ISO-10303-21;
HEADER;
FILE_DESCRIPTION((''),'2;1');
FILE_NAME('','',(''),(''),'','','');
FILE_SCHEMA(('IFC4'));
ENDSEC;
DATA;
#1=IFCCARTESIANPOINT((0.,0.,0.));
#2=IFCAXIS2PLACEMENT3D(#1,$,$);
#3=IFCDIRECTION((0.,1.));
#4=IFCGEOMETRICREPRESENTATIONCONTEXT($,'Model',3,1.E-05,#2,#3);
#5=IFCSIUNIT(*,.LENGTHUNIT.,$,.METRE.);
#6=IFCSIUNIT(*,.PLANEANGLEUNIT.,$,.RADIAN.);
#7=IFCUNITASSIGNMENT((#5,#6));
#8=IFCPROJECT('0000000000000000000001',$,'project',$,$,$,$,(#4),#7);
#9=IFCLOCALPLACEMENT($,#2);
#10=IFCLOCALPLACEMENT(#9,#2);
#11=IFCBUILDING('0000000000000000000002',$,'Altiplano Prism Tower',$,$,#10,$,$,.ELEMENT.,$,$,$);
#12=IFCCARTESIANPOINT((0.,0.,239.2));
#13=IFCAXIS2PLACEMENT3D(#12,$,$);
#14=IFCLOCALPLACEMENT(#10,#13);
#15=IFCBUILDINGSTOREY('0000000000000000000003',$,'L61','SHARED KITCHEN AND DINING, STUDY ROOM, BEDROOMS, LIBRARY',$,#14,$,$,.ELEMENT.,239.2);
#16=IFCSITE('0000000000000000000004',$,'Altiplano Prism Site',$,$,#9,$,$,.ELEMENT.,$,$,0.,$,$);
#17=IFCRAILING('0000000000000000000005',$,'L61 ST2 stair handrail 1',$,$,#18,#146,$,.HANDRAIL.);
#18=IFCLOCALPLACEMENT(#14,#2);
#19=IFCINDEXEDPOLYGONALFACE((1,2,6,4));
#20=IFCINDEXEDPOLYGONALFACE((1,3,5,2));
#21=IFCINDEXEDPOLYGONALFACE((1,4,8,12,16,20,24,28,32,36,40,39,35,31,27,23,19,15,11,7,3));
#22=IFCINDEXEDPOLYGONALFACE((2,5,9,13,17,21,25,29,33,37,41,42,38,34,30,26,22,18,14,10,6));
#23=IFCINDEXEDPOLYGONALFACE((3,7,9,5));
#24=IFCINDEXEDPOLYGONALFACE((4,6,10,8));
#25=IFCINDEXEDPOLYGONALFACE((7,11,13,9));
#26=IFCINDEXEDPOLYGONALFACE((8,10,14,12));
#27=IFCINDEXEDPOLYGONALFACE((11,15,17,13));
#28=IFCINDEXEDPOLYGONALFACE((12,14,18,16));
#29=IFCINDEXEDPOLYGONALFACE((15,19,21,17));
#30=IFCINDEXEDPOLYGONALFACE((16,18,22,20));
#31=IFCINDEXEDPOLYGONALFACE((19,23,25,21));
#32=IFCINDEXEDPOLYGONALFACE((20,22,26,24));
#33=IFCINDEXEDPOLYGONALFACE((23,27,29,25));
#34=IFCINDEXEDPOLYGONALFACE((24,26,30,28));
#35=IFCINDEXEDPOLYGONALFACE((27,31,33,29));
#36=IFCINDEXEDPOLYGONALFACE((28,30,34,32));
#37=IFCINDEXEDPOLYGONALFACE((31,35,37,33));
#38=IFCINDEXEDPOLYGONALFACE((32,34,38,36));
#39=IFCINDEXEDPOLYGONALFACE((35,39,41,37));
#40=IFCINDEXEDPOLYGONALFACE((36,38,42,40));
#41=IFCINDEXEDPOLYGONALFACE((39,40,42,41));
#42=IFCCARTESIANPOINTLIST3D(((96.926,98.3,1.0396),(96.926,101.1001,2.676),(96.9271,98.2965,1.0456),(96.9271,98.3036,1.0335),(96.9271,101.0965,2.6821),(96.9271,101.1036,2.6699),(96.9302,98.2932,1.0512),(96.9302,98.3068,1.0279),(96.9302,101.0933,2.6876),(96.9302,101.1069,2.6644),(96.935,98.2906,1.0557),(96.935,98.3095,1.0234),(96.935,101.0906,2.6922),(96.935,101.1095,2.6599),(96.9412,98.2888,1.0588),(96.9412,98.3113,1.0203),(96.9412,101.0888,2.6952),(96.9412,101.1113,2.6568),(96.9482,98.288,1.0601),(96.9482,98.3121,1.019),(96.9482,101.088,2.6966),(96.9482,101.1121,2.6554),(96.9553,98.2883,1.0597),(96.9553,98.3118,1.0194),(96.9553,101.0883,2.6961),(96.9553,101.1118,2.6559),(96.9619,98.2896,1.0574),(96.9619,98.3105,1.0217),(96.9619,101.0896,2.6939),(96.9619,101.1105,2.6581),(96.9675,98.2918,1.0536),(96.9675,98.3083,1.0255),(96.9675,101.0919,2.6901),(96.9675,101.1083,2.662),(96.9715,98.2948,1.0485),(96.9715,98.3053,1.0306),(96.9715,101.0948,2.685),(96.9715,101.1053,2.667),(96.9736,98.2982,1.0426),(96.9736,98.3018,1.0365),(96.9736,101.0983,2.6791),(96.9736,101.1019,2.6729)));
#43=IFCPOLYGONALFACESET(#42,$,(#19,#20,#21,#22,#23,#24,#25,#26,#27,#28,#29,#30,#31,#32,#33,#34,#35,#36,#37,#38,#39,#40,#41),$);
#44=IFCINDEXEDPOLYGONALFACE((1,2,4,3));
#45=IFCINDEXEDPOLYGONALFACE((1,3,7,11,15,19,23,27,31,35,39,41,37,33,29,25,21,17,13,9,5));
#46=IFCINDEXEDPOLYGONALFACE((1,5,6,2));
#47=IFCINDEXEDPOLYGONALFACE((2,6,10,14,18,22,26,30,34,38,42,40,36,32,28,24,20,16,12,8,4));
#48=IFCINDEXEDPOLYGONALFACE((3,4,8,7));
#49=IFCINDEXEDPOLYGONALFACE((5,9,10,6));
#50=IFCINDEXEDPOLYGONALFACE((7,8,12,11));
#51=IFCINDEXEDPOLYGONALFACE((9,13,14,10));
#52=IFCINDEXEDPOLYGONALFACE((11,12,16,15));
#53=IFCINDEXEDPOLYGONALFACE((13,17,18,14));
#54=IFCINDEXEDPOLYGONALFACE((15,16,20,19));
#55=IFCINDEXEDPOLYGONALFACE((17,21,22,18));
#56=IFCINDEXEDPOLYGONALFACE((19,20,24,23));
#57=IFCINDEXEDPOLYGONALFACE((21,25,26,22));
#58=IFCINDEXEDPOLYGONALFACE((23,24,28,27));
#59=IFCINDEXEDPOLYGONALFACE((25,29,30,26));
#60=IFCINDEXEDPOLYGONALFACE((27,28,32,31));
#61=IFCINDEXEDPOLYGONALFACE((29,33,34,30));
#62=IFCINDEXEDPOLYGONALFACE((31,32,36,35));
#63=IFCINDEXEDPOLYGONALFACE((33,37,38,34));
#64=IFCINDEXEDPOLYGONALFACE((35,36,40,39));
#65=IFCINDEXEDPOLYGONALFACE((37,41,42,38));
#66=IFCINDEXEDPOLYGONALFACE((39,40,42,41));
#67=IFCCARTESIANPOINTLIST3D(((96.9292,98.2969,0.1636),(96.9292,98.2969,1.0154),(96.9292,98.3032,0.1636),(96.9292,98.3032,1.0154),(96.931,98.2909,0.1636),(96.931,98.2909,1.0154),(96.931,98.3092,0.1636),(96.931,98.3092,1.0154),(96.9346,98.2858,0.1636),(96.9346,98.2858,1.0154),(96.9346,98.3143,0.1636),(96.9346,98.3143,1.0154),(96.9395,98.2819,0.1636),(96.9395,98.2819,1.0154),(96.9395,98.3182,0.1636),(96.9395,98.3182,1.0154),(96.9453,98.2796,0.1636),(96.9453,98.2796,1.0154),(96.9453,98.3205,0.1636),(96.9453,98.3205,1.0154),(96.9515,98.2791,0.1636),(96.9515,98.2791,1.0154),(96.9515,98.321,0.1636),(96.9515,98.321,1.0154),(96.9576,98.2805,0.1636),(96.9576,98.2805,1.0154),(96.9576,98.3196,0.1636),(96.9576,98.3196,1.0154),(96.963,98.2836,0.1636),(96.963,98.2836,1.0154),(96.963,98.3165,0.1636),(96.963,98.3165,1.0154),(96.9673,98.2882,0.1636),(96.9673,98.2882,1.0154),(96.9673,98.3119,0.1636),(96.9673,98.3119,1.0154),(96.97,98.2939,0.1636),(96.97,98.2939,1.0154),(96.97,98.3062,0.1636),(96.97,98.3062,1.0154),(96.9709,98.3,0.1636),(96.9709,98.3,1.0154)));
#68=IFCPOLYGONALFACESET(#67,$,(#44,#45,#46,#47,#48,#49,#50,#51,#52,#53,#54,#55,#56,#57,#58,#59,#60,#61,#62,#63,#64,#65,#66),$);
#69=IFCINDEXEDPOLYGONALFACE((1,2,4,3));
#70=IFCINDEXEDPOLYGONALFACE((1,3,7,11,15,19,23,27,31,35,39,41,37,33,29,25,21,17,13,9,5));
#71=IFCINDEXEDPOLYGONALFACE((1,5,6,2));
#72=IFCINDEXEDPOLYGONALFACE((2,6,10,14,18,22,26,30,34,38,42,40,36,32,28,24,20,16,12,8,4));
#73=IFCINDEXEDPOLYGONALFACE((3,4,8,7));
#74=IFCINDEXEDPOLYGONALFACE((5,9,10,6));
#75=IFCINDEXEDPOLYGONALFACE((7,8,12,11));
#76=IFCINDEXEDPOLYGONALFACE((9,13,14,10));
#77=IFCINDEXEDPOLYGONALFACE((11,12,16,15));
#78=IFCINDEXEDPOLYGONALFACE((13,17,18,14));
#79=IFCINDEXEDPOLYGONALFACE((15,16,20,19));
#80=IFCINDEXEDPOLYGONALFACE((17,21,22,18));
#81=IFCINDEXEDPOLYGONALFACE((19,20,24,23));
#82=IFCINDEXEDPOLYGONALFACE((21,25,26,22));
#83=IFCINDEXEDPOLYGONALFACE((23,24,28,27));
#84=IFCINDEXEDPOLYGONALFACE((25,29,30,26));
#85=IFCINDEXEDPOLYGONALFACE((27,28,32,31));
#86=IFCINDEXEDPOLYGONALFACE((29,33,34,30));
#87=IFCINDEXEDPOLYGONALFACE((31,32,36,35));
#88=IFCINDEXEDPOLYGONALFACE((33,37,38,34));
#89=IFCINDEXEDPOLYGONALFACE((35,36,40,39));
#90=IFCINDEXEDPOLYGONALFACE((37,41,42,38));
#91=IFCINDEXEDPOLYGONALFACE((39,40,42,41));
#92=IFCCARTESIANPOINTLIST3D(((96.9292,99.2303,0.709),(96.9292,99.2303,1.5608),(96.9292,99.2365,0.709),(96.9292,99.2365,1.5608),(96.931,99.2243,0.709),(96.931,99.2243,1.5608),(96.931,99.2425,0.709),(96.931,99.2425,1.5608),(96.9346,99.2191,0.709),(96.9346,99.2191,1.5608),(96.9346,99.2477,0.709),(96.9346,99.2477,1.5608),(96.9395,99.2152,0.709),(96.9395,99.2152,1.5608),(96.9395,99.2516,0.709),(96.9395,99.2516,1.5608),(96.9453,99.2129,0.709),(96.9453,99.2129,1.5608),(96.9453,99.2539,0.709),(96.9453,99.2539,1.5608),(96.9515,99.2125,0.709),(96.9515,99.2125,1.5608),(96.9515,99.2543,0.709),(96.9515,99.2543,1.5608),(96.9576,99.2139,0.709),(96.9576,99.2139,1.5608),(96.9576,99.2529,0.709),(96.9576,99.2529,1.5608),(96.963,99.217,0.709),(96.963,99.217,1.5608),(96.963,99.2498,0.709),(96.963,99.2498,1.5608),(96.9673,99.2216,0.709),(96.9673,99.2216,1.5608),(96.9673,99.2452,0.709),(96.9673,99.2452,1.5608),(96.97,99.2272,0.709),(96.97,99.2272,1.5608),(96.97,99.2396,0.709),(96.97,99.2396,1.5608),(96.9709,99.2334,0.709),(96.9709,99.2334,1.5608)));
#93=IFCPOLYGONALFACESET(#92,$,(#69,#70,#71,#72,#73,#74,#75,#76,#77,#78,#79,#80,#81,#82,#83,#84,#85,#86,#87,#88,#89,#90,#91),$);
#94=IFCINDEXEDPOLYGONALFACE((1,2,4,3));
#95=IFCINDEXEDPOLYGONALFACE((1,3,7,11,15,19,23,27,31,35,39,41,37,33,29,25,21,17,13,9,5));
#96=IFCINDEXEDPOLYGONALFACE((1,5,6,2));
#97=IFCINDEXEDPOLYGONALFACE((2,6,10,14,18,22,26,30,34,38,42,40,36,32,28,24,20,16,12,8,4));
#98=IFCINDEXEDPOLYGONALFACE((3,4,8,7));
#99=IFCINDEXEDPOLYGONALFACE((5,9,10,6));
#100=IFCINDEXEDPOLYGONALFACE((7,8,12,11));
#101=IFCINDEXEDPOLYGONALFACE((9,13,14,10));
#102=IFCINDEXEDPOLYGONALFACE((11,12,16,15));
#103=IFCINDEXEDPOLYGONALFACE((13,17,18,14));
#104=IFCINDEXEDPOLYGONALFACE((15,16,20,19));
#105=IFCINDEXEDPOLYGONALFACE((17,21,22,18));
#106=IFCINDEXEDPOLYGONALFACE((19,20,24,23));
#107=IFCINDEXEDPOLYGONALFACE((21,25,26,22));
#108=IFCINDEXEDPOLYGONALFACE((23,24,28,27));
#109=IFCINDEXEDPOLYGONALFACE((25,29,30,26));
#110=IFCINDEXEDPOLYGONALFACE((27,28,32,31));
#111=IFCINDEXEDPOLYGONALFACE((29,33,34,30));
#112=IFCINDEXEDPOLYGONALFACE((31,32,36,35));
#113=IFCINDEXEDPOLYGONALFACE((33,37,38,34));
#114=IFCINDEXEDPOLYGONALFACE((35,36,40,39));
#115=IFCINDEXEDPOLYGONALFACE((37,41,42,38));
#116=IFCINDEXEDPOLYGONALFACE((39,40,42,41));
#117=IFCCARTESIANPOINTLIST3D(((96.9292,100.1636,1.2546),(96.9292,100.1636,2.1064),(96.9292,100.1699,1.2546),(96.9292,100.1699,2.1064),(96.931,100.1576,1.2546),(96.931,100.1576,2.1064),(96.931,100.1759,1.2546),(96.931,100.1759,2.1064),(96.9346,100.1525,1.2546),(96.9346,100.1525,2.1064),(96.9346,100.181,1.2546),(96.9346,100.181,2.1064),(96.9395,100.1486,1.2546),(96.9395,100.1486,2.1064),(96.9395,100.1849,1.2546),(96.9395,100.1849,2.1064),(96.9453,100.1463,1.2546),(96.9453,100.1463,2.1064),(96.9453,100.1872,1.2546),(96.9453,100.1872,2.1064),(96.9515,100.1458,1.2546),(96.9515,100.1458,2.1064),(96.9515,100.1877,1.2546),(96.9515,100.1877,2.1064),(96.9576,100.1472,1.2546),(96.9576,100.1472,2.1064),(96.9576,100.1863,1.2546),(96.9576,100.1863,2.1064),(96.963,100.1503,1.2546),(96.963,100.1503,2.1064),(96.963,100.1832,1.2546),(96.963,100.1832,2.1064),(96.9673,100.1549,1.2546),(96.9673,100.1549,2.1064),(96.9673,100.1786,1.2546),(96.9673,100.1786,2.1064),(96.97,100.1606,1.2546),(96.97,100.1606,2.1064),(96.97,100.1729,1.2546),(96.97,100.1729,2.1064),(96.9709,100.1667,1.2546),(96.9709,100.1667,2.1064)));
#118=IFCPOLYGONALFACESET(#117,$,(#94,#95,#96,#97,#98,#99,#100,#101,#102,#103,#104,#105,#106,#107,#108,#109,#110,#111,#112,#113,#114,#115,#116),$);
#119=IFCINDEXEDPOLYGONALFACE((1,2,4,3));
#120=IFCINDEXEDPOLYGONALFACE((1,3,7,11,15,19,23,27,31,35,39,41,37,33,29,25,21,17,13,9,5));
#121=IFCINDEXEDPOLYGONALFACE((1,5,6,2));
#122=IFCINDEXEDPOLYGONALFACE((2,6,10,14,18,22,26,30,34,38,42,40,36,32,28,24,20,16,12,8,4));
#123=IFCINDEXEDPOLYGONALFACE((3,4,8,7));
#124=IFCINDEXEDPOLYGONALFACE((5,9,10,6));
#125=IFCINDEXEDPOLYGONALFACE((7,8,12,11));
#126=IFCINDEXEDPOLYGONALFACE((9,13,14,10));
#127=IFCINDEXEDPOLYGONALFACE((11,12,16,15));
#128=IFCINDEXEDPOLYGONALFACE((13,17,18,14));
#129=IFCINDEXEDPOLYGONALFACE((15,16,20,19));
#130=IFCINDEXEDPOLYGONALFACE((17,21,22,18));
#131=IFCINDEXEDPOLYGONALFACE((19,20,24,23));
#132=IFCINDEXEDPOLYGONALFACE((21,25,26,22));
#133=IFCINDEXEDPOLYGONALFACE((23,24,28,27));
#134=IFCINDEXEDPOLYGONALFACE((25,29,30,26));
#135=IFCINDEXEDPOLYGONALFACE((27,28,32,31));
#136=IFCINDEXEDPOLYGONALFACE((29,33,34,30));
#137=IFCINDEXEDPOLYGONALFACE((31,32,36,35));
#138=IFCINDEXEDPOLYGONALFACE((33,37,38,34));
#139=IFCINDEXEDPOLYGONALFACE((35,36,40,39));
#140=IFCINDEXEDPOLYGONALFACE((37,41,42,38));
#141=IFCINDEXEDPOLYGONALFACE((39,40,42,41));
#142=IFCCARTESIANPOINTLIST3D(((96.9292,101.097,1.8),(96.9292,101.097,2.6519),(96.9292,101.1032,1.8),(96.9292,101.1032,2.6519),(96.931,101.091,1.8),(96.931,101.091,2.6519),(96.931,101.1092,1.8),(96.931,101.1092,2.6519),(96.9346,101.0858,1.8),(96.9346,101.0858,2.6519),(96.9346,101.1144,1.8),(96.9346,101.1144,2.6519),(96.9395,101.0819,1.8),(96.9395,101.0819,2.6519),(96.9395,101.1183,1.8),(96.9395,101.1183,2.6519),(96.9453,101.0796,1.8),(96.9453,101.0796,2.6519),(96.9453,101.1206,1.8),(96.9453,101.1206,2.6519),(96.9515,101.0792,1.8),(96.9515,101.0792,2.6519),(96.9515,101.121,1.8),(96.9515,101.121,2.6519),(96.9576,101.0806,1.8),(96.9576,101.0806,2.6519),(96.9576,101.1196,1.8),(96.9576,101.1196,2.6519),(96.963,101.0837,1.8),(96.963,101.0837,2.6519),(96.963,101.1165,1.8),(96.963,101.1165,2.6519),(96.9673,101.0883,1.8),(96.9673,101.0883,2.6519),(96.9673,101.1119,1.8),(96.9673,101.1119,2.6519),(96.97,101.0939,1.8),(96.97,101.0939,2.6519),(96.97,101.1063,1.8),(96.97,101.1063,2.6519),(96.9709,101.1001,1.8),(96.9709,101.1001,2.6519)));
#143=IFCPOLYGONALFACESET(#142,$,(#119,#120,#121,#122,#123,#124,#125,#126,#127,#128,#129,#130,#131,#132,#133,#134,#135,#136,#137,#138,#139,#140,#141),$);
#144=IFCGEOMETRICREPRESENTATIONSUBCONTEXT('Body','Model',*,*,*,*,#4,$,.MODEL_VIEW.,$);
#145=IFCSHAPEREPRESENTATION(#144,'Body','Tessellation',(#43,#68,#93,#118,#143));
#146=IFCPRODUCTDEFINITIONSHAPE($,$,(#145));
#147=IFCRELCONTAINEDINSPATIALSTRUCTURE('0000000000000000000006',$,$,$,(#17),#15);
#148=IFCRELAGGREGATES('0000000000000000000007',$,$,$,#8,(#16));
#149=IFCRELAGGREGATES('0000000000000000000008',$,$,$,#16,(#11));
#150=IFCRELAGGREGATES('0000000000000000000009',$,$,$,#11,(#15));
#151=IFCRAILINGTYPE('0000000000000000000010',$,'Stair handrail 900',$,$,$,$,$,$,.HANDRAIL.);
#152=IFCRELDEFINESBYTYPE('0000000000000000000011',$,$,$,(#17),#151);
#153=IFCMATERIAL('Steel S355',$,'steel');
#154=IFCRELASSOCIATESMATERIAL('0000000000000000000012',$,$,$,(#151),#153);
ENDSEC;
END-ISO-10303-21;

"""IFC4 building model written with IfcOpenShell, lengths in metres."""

from ifc_helpers import new_model, si_unit, direction, frame, origin, origin_2d, place, context, subcontext, project, spatial, circle, extrude, material, type_object, element, save


model = new_model("IFC4")

# Units and contexts
model_context = context("Model", 3, precision=1e-05, world=origin(), true_north=direction((0.0, 1.0)))
body_context = subcontext(model_context, "Body", "Model", "MODEL_VIEW")
ifc_project = project(units=[si_unit("LENGTHUNIT", "METRE"), si_unit("PLANEANGLEUNIT", "RADIAN")], contexts=[model_context])

# Site, building, storey
site_placement = place(None, origin())
site = spatial("IfcSite", under=ifc_project, at=site_placement, Name="Altiplano Prism Site", CompositionType="ELEMENT", RefElevation=0.0)
building_placement = place(site_placement, origin())
building = spatial("IfcBuilding", under=site, at=building_placement, Name="Altiplano Prism Tower", CompositionType="ELEMENT")
storey_placement = place(building_placement, frame((0.0, 0.0, 239.2)))
storey = spatial("IfcBuildingStorey", under=building, at=storey_placement, Name="L61", Description="SHARED KITCHEN AND DINING, STUDY ROOM, BEDROOMS, LIBRARY", CompositionType="ELEMENT", Elevation=239.2)

# Railing
ifc_material_1 = material(Name="Steel S355", Category="steel")
railing_type_1 = type_object("IfcRailingType", Name="Stair handrail 900", PredefinedType="HANDRAIL", material=ifc_material_1)
railing_1_placement = place(storey_placement, frame((96.95, 98.3, 0.1636)))
element("IfcRailing", 1, at=railing_1_placement, inside=storey, type_object=railing_type_1, Name="L61 ST2 stair handrail 1", PredefinedType="HANDRAIL", context=body_context, shape_type="SweptSolid", body=[
    extrude(circle(Radius=0.0239, at=origin_2d()), frame((0.0, 0.0, 0.876), z_axis=(0.0, 0.863361, 0.504587), x_axis=(-1.0, 0.0, 0.0)), (0.0, 0.0, 1.0), 3.2432),
    extrude(circle(Radius=0.021, at=origin_2d()), origin(), (0.0, 0.0, 1.0), 0.8518),
    extrude(circle(Radius=0.021, at=origin_2d()), frame((0.0, 0.9333, 0.5454)), (0.0, 0.0, 1.0), 0.8518),
    extrude(circle(Radius=0.021, at=origin_2d()), frame((0.0, 1.8667, 1.0911)), (0.0, 0.0, 1.0), 0.8518),
    extrude(circle(Radius=0.021, at=origin_2d()), frame((0.0, 2.8, 1.6365)), (0.0, 0.0, 1.0), 0.8518),
])

save(model, "model.ifc")
